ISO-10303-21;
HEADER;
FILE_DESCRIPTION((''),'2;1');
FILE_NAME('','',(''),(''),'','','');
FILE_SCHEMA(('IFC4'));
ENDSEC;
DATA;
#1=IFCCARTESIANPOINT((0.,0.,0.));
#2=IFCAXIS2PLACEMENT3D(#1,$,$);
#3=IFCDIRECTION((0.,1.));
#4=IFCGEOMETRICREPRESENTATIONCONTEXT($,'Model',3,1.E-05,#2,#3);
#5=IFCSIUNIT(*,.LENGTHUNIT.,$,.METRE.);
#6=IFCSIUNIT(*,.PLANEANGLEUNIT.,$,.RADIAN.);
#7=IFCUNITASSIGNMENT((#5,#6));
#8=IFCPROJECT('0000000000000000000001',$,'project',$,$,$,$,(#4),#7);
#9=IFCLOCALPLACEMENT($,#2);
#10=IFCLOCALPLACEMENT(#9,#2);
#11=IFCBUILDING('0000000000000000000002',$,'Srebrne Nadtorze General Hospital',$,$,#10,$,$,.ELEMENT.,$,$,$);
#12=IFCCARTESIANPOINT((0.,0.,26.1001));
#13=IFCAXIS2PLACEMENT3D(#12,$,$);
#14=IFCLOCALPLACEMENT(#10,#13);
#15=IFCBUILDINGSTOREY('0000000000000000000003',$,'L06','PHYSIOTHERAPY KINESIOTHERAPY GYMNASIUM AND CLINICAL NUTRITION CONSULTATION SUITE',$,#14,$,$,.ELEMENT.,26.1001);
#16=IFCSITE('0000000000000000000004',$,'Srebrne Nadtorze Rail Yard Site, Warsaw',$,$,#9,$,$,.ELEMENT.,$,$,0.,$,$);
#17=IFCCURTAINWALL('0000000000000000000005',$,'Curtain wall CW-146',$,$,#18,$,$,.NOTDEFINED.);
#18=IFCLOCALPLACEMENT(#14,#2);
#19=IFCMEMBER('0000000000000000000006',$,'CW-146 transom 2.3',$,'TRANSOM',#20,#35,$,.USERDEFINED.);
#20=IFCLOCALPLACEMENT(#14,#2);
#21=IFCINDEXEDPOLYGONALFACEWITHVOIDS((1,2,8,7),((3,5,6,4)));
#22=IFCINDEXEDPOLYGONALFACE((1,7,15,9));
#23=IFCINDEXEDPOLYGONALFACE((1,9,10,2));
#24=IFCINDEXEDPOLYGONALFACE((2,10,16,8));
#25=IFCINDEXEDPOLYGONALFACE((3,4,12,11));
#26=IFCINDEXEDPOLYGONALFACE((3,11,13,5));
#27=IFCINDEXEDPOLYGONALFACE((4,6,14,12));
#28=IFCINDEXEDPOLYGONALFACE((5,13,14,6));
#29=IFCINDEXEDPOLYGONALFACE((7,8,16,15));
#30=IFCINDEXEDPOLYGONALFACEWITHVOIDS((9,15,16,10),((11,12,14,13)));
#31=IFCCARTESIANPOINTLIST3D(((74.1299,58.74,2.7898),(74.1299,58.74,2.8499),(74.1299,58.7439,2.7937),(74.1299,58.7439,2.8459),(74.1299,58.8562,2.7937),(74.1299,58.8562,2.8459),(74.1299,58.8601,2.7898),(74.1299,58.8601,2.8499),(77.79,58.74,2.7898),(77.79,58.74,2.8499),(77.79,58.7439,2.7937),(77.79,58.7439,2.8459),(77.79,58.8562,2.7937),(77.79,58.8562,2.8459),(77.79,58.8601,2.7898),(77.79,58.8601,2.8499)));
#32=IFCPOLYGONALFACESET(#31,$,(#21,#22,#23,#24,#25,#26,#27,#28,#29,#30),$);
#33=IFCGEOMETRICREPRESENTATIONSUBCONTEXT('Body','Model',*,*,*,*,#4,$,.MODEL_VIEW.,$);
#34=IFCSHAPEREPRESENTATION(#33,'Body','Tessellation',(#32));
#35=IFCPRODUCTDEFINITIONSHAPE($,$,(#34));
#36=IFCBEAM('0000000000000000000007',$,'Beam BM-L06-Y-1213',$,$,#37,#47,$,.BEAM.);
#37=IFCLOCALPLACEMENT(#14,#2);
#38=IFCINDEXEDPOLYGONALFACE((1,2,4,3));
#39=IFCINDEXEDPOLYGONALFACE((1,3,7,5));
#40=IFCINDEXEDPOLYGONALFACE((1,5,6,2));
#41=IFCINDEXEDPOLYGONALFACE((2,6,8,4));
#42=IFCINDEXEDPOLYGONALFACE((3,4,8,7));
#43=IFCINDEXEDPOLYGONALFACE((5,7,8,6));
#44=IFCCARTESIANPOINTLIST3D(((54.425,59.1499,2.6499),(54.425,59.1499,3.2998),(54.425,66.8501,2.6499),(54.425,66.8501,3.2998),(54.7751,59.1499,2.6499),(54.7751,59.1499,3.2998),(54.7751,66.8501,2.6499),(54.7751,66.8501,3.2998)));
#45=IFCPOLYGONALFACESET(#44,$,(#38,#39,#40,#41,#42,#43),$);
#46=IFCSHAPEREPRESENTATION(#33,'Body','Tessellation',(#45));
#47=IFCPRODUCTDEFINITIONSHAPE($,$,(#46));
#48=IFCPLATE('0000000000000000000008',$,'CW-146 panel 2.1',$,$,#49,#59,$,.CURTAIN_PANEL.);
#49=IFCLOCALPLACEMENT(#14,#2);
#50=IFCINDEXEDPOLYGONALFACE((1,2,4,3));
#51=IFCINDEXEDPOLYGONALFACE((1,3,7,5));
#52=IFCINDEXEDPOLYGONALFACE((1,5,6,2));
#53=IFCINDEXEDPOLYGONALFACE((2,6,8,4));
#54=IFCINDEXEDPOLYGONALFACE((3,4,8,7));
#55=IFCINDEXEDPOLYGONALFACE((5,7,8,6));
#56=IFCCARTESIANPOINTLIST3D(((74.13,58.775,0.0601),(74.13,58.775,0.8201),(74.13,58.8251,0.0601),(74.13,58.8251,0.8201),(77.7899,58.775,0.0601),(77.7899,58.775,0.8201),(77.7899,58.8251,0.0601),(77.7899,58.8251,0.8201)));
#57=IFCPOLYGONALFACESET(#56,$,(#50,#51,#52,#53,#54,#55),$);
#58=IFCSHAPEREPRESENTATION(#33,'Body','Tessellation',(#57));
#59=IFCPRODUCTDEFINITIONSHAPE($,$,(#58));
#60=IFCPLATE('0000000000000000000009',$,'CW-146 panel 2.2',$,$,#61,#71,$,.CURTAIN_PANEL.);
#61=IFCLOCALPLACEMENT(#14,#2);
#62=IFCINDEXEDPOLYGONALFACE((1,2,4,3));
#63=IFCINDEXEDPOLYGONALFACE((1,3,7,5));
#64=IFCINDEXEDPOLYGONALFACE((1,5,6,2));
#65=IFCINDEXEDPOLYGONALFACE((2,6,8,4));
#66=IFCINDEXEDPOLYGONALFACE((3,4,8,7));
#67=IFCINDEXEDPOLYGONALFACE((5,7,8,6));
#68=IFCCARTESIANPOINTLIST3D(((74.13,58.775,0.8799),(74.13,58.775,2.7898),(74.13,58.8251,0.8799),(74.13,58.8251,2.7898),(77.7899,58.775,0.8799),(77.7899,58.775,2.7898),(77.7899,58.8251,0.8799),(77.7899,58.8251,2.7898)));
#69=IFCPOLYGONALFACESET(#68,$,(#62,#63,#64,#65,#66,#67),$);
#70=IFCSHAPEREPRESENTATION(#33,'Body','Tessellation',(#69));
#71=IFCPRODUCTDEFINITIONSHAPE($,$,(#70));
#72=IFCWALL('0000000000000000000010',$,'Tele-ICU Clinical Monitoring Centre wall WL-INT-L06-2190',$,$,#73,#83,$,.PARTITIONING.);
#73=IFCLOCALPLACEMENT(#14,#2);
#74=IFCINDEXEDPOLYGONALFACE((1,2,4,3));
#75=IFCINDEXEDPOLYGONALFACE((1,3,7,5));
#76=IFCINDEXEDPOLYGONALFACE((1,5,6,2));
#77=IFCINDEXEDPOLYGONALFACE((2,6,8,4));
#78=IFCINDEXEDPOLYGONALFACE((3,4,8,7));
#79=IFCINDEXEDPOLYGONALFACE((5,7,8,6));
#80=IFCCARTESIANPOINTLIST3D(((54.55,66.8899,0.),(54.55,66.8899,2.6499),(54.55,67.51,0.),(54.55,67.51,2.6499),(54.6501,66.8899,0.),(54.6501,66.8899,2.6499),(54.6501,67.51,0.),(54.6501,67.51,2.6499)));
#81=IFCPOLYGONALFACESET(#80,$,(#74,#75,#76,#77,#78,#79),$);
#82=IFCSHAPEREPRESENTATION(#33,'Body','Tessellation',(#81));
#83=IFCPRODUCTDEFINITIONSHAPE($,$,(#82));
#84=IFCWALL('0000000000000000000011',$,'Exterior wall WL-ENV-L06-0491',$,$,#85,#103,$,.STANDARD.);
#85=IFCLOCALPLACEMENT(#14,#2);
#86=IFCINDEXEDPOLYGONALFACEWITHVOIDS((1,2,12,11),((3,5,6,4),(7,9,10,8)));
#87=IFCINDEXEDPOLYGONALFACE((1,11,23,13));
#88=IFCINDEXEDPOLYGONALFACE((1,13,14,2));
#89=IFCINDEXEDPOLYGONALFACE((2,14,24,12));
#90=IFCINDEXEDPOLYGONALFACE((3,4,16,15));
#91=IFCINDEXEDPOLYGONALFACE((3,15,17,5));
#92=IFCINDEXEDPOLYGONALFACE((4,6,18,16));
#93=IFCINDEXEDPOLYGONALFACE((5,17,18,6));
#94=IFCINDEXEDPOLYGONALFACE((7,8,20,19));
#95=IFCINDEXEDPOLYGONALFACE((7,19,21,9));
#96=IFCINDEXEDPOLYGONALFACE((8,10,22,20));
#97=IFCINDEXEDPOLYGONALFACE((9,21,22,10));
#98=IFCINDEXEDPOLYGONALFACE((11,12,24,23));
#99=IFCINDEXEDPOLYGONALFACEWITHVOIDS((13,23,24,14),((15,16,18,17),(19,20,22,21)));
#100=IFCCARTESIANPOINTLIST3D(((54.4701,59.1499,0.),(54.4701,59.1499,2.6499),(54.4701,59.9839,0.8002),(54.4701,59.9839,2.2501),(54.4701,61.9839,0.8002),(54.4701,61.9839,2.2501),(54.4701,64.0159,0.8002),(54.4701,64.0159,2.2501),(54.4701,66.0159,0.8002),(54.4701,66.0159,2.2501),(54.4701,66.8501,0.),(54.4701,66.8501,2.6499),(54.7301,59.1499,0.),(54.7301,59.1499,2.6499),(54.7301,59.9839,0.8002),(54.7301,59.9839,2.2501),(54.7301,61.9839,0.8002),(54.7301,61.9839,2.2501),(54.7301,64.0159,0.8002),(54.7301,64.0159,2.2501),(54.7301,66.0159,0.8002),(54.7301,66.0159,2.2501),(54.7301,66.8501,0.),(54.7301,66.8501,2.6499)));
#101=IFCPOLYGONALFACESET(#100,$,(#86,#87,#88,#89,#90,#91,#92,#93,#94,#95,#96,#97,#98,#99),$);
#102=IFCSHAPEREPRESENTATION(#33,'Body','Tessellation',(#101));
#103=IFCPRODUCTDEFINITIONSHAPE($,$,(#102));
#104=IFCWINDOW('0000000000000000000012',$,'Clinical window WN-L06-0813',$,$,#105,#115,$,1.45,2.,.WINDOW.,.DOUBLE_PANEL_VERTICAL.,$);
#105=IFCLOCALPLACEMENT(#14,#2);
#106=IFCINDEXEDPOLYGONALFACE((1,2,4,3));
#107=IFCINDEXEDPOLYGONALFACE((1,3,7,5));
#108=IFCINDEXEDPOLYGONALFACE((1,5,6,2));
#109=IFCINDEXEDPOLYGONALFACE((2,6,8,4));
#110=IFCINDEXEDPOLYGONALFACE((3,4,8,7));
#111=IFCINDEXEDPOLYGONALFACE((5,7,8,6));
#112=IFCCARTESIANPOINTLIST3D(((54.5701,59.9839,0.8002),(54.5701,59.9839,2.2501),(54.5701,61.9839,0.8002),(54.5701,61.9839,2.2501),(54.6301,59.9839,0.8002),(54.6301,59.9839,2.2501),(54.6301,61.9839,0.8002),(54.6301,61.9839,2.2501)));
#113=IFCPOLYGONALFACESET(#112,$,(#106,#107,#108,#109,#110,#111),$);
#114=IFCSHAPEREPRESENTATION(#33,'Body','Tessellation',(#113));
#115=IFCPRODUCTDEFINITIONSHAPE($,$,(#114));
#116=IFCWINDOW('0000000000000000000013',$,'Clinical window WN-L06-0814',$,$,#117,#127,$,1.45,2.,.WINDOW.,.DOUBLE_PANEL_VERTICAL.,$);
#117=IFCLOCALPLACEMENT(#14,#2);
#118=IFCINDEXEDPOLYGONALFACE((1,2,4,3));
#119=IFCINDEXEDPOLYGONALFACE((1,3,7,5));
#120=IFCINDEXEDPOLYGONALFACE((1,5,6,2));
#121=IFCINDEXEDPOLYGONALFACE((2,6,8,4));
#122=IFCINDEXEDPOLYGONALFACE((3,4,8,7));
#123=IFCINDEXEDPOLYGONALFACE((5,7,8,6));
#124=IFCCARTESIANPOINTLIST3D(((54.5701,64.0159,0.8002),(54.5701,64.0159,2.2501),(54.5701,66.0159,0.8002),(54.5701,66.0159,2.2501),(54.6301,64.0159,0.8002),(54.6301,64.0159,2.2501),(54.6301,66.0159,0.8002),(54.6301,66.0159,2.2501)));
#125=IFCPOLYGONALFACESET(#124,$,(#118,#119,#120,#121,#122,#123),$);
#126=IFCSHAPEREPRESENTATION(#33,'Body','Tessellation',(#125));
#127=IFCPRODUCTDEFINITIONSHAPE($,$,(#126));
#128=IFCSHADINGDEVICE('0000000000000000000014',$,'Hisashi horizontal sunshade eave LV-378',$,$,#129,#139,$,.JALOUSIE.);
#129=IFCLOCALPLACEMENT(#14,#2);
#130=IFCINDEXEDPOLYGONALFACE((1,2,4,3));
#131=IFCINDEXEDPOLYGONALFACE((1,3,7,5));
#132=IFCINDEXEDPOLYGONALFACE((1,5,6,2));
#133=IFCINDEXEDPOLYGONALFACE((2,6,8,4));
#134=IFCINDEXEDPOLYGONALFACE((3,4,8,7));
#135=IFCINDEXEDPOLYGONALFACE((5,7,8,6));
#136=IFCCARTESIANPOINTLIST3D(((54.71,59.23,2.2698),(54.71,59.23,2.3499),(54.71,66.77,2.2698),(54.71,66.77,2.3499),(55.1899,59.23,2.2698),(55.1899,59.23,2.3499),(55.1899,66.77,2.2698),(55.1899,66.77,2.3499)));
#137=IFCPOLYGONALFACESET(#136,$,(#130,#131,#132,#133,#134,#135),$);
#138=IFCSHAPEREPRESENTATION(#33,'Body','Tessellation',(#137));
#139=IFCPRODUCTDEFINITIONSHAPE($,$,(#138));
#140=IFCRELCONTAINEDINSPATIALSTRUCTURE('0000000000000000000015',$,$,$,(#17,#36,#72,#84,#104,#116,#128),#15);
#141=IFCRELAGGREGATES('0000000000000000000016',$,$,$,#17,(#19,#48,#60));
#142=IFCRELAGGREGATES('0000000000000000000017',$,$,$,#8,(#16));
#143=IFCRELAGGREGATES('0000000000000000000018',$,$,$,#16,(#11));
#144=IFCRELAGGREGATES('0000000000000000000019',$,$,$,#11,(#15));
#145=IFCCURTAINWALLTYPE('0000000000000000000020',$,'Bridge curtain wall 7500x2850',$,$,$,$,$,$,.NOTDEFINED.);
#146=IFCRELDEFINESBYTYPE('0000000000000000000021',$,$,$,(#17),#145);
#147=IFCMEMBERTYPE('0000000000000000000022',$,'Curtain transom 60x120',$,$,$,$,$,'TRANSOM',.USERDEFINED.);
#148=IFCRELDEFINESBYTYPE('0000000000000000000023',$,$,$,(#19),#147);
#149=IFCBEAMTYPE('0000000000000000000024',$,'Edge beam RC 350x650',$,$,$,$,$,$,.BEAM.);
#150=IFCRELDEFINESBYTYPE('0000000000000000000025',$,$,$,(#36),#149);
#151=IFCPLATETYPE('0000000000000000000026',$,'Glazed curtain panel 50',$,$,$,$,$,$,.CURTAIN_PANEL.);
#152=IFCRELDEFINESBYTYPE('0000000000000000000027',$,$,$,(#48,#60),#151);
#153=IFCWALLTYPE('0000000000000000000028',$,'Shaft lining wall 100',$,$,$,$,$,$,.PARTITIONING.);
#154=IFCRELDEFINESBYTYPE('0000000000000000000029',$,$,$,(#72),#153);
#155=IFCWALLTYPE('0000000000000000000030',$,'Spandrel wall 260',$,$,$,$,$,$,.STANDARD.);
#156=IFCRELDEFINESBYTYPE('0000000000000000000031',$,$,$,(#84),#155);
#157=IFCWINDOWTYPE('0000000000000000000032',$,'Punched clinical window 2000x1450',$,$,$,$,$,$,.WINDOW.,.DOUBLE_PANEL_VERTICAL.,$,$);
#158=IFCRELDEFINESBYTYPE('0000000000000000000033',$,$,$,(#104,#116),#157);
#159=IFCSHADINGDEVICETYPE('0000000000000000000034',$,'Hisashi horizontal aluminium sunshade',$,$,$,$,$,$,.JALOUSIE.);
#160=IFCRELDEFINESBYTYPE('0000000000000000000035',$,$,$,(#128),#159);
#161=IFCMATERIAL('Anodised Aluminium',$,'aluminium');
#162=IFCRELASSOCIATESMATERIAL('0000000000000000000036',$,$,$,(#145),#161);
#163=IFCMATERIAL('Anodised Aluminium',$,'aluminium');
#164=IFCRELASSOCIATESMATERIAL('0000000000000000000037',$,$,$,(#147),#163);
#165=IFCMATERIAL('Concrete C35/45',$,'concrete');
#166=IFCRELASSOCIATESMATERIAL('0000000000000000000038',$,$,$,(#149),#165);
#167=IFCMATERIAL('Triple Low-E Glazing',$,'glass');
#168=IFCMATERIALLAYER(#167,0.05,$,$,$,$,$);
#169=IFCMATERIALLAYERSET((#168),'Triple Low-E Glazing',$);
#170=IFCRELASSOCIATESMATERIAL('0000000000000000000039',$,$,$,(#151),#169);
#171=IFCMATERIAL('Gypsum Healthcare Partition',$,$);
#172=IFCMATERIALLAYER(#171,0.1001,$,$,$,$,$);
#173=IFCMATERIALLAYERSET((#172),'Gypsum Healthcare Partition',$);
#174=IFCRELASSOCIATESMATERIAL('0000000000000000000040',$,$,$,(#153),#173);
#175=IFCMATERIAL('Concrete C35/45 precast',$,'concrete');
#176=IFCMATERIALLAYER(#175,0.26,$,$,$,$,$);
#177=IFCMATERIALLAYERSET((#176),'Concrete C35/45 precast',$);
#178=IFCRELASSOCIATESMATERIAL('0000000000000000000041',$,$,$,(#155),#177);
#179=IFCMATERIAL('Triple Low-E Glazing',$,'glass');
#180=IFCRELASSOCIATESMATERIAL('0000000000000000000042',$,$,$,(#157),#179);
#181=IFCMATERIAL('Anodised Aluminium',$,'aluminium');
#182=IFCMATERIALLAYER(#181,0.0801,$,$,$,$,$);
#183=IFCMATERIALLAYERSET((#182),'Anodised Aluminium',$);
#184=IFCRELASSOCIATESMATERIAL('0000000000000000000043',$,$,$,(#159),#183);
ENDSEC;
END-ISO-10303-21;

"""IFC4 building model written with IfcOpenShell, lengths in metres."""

from ifc_helpers import new_model, si_unit, direction, frame, frame_2d, origin, origin_2d, place, context, subcontext, project, spatial, rectangle, hollow_rectangle, extrude, material, layer, layer_set, material_profile, profile_set, type_object, element, fill, aggregate, save


model = new_model("IFC4")

# Units and contexts
model_context = context("Model", 3, precision=1e-05, world=origin(), true_north=direction((0.0, 1.0)))
body_context = subcontext(model_context, "Body", "Model", "MODEL_VIEW")
ifc_project = project(units=[si_unit("LENGTHUNIT", "METRE"), si_unit("PLANEANGLEUNIT", "RADIAN")], contexts=[model_context])

# Site, building, storey
site_placement = place(None, origin())
site = spatial("IfcSite", under=ifc_project, at=site_placement, Name="Srebrne Nadtorze Rail Yard Site, Warsaw", CompositionType="ELEMENT", RefElevation=0.0)
building_placement = place(site_placement, origin())
building = spatial("IfcBuilding", under=site, at=building_placement, Name="Srebrne Nadtorze General Hospital", CompositionType="ELEMENT")
storey_placement = place(building_placement, frame((0.0, 0.0, 26.1001)))
storey = spatial("IfcBuildingStorey", under=building, at=storey_placement, Name="L06", Description="PHYSIOTHERAPY KINESIOTHERAPY GYMNASIUM AND CLINICAL NUTRITION CONSULTATION SUITE", CompositionType="ELEMENT", Elevation=26.1001)

# Curtain wall, member
ifc_material_1 = material(Name="Anodised Aluminium", Category="aluminium")
curtain_wall_type = type_object("IfcCurtainWallType", Name="Bridge curtain wall 7500x2850", PredefinedType="NOTDEFINED", material=ifc_material_1)
curtain_wall_placement = place(storey_placement, origin())
curtain_wall = element("IfcCurtainWall", 1, at=curtain_wall_placement, inside=storey, type_object=curtain_wall_type, Name="Curtain wall CW-146", PredefinedType="NOTDEFINED")
ifc_material_2 = material(Name="Anodised Aluminium", Category="aluminium")
ifc_material_profile_1 = material_profile(ifc_material_2, hollow_rectangle(XDim=0.0601, YDim=0.1201, WallThickness=0.0039, at=origin_2d()), Name="AL-TRN-60x120")
ifc_profile_set_1 = profile_set([ifc_material_profile_1], Name="Anodised Aluminium")
member_type_1 = type_object("IfcMemberType", Name="Curtain transom 60x120", ElementType="TRANSOM", PredefinedType="USERDEFINED", material=ifc_profile_set_1)
member_1_placement = place(storey_placement, frame((74.1299, 58.8, 2.8198), z_axis=(1.0, 0.0, 0.0), x_axis=(0.0, 0.0, 1.0)))
member_1 = element("IfcMember", 2, at=member_1_placement, type_object=member_type_1, Name="CW-146 transom 2.3", ObjectType="TRANSOM", PredefinedType="USERDEFINED", context=body_context, shape_type="SweptSolid", body=[
    extrude(hollow_rectangle(XDim=0.0601, YDim=0.1201, WallThickness=0.0039, at=origin_2d()), origin(), (0.0, 0.0, 1.0), 3.6602),
])

# Beam
ifc_material_3 = material(Name="Concrete C35/45", Category="concrete")
ifc_material_profile_2 = material_profile(ifc_material_3, rectangle(XDim=0.3501, YDim=0.6499, at=origin_2d()), Name="RC-BM-350x650")
ifc_profile_set_2 = profile_set([ifc_material_profile_2], Name="Concrete C35/45")
beam_type_1 = type_object("IfcBeamType", Name="Edge beam RC 350x650", PredefinedType="BEAM", material=ifc_profile_set_2)
beam_1_placement = place(storey_placement, frame((54.6001, 59.1499, 2.9749), z_axis=(0.0, 1.0, 0.0), x_axis=(-1.0, 0.0, 0.0)))
element("IfcBeam", 3, at=beam_1_placement, inside=storey, type_object=beam_type_1, Name="Beam BM-L06-Y-1213", PredefinedType="BEAM", context=body_context, shape_type="SweptSolid", body=[
    extrude(rectangle(XDim=0.3501, YDim=0.6499, at=origin_2d()), origin(), (0.0, 0.0, 1.0), 7.7002),
])

# Plates
ifc_material_4 = material(Name="Triple Low-E Glazing", Category="glass")
ifc_layer_1 = layer(ifc_material_4, 0.05)
ifc_layer_set_1 = layer_set([ifc_layer_1], Name="Triple Low-E Glazing")
plate_type = type_object("IfcPlateType", Name="Glazed curtain panel 50", PredefinedType="CURTAIN_PANEL", material=ifc_layer_set_1)
plate_1_placement = place(storey_placement, frame((75.96, 58.8, 0.0601), z_axis=(0.0, 0.0, 1.0), x_axis=(1.0, 0.0, 0.0)))
plate_1 = element("IfcPlate", 4, at=plate_1_placement, type_object=plate_type, Name="CW-146 panel 2.1", PredefinedType="CURTAIN_PANEL", context=body_context, shape_type="SweptSolid", body=[
    extrude(rectangle(XDim=3.6599, YDim=0.05, at=origin_2d()), origin(), (0.0, 0.0, 1.0), 0.76),
])
plate_2_placement = place(storey_placement, frame((75.96, 58.8, 0.8799), z_axis=(0.0, 0.0, 1.0), x_axis=(1.0, 0.0, 0.0)))
plate_2 = element("IfcPlate", 5, at=plate_2_placement, type_object=plate_type, Name="CW-146 panel 2.2", PredefinedType="CURTAIN_PANEL", context=body_context, shape_type="SweptSolid", body=[
    extrude(rectangle(XDim=3.6599, YDim=0.05, at=origin_2d()), origin(), (0.0, 0.0, 1.0), 1.9099),
])
aggregate(curtain_wall, [member_1, plate_1, plate_2])

# Wall
ifc_material_5 = material(Name="Gypsum Healthcare Partition")
ifc_layer_2 = layer(ifc_material_5, 0.1001)
ifc_layer_set_2 = layer_set([ifc_layer_2], Name="Gypsum Healthcare Partition")
wall_type_1 = type_object("IfcWallType", Name="Shaft lining wall 100", PredefinedType="PARTITIONING", material=ifc_layer_set_2)
wall_1_placement = place(storey_placement, frame((54.6001, 66.8899, 0.0), z_axis=(0.0, 0.0, 1.0), x_axis=(0.0, 1.0, 0.0)))
element("IfcWall", 6, at=wall_1_placement, inside=storey, type_object=wall_type_1, Name="Tele-ICU Clinical Monitoring Centre wall WL-INT-L06-2190", PredefinedType="PARTITIONING", context=body_context, shape_type="SweptSolid", body=[
    extrude(rectangle(XDim=0.6201, YDim=0.1001, at=frame_2d((0.3101, 0.0))), origin(), (0.0, 0.0, 1.0), 2.6499),
])

# Wall, openings, windows
ifc_material_6 = material(Name="Concrete C35/45 precast", Category="concrete")
ifc_layer_3 = layer(ifc_material_6, 0.26)
ifc_layer_set_3 = layer_set([ifc_layer_3], Name="Concrete C35/45 precast")
wall_type_2 = type_object("IfcWallType", Name="Spandrel wall 260", PredefinedType="STANDARD", material=ifc_layer_set_3)
wall_2_placement = place(storey_placement, frame((54.6001, 59.1499, 0.0), z_axis=(0.0, 0.0, 1.0), x_axis=(0.0, 1.0, 0.0)))
wall_2 = element("IfcWall", 7, at=wall_2_placement, inside=storey, type_object=wall_type_2, Name="Exterior wall WL-ENV-L06-0491", PredefinedType="STANDARD", context=body_context, shape_type="SweptSolid", body=[
    extrude(rectangle(XDim=7.7002, YDim=0.26, at=frame_2d((3.8501, 0.0))), origin(), (0.0, 0.0, 1.0), 2.6499),
])
opening_1_placement = place(wall_2_placement, frame((0.834, 0.0, 0.8)))
opening_1 = element("IfcOpeningElement", 8, at=opening_1_placement, cuts=wall_2, PredefinedType="OPENING", context=body_context, shape_type="SweptSolid", body=[
    extrude(rectangle(XDim=2.0, YDim=1.45, at=frame_2d((1.0, 0.7251))), frame((0.0, 0.1421, 0.0), z_axis=(0.0, -1.0, 0.0), x_axis=(1.0, 0.0, 0.0)), (0.0, 0.0, 1.0), 0.2839),
])
opening_2_placement = place(wall_2_placement, frame((4.866, 0.0, 0.8)))
opening_2 = element("IfcOpeningElement", 9, at=opening_2_placement, cuts=wall_2, PredefinedType="OPENING", context=body_context, shape_type="SweptSolid", body=[
    extrude(rectangle(XDim=2.0, YDim=1.45, at=frame_2d((1.0, 0.7251))), frame((0.0, 0.1421, 0.0), z_axis=(0.0, -1.0, 0.0), x_axis=(1.0, 0.0, 0.0)), (0.0, 0.0, 1.0), 0.2839),
])
ifc_material_7 = material(Name="Triple Low-E Glazing", Category="glass")
window_type = type_object("IfcWindowType", Name="Punched clinical window 2000x1450", PartitioningType="DOUBLE_PANEL_VERTICAL", PredefinedType="WINDOW", material=ifc_material_7)
window_1_placement = place(opening_1_placement, origin())
window_1 = element("IfcWindow", 10, at=window_1_placement, inside=storey, type_object=window_type, Name="Clinical window WN-L06-0813", OverallHeight=1.45, OverallWidth=2.0, PartitioningType="DOUBLE_PANEL_VERTICAL", PredefinedType="WINDOW", context=body_context, shape_type="SweptSolid", body=[
    extrude(rectangle(XDim=2.0, YDim=1.45, at=frame_2d((1.0, 0.7251))), frame((0.0, 0.03, 0.0), z_axis=(0.0, -1.0, 0.0), x_axis=(1.0, 0.0, 0.0)), (0.0, 0.0, 1.0), 0.0601),
])
fill(opening_1, window_1)
window_2_placement = place(opening_2_placement, origin())
window_2 = element("IfcWindow", 11, at=window_2_placement, inside=storey, type_object=window_type, Name="Clinical window WN-L06-0814", OverallHeight=1.45, OverallWidth=2.0, PartitioningType="DOUBLE_PANEL_VERTICAL", PredefinedType="WINDOW", context=body_context, shape_type="SweptSolid", body=[
    extrude(rectangle(XDim=2.0, YDim=1.45, at=frame_2d((1.0, 0.7251))), frame((0.0, 0.03, 0.0), z_axis=(0.0, -1.0, 0.0), x_axis=(1.0, 0.0, 0.0)), (0.0, 0.0, 1.0), 0.0601),
])
fill(opening_2, window_2)

# Shading device
ifc_material_8 = material(Name="Anodised Aluminium", Category="aluminium")
ifc_layer_4 = layer(ifc_material_8, 0.0801)
ifc_layer_set_4 = layer_set([ifc_layer_4], Name="Anodised Aluminium")
shading_device_type = type_object("IfcShadingDeviceType", Name="Hisashi horizontal aluminium sunshade", PredefinedType="JALOUSIE", material=ifc_layer_set_4)
shading_device_placement = place(storey_placement, frame((54.95, 63.0, 2.2698), z_axis=(0.0, 0.0, 1.0), x_axis=(1.0, 0.0, 0.0)))
element("IfcShadingDevice", 12, at=shading_device_placement, inside=storey, type_object=shading_device_type, Name="Hisashi horizontal sunshade eave LV-378", PredefinedType="JALOUSIE", context=body_context, shape_type="SweptSolid", body=[
    extrude(rectangle(XDim=0.48, YDim=7.54, at=origin_2d()), origin(), (0.0, 0.0, 1.0), 0.0801),
])

save(model, "model.ifc")
